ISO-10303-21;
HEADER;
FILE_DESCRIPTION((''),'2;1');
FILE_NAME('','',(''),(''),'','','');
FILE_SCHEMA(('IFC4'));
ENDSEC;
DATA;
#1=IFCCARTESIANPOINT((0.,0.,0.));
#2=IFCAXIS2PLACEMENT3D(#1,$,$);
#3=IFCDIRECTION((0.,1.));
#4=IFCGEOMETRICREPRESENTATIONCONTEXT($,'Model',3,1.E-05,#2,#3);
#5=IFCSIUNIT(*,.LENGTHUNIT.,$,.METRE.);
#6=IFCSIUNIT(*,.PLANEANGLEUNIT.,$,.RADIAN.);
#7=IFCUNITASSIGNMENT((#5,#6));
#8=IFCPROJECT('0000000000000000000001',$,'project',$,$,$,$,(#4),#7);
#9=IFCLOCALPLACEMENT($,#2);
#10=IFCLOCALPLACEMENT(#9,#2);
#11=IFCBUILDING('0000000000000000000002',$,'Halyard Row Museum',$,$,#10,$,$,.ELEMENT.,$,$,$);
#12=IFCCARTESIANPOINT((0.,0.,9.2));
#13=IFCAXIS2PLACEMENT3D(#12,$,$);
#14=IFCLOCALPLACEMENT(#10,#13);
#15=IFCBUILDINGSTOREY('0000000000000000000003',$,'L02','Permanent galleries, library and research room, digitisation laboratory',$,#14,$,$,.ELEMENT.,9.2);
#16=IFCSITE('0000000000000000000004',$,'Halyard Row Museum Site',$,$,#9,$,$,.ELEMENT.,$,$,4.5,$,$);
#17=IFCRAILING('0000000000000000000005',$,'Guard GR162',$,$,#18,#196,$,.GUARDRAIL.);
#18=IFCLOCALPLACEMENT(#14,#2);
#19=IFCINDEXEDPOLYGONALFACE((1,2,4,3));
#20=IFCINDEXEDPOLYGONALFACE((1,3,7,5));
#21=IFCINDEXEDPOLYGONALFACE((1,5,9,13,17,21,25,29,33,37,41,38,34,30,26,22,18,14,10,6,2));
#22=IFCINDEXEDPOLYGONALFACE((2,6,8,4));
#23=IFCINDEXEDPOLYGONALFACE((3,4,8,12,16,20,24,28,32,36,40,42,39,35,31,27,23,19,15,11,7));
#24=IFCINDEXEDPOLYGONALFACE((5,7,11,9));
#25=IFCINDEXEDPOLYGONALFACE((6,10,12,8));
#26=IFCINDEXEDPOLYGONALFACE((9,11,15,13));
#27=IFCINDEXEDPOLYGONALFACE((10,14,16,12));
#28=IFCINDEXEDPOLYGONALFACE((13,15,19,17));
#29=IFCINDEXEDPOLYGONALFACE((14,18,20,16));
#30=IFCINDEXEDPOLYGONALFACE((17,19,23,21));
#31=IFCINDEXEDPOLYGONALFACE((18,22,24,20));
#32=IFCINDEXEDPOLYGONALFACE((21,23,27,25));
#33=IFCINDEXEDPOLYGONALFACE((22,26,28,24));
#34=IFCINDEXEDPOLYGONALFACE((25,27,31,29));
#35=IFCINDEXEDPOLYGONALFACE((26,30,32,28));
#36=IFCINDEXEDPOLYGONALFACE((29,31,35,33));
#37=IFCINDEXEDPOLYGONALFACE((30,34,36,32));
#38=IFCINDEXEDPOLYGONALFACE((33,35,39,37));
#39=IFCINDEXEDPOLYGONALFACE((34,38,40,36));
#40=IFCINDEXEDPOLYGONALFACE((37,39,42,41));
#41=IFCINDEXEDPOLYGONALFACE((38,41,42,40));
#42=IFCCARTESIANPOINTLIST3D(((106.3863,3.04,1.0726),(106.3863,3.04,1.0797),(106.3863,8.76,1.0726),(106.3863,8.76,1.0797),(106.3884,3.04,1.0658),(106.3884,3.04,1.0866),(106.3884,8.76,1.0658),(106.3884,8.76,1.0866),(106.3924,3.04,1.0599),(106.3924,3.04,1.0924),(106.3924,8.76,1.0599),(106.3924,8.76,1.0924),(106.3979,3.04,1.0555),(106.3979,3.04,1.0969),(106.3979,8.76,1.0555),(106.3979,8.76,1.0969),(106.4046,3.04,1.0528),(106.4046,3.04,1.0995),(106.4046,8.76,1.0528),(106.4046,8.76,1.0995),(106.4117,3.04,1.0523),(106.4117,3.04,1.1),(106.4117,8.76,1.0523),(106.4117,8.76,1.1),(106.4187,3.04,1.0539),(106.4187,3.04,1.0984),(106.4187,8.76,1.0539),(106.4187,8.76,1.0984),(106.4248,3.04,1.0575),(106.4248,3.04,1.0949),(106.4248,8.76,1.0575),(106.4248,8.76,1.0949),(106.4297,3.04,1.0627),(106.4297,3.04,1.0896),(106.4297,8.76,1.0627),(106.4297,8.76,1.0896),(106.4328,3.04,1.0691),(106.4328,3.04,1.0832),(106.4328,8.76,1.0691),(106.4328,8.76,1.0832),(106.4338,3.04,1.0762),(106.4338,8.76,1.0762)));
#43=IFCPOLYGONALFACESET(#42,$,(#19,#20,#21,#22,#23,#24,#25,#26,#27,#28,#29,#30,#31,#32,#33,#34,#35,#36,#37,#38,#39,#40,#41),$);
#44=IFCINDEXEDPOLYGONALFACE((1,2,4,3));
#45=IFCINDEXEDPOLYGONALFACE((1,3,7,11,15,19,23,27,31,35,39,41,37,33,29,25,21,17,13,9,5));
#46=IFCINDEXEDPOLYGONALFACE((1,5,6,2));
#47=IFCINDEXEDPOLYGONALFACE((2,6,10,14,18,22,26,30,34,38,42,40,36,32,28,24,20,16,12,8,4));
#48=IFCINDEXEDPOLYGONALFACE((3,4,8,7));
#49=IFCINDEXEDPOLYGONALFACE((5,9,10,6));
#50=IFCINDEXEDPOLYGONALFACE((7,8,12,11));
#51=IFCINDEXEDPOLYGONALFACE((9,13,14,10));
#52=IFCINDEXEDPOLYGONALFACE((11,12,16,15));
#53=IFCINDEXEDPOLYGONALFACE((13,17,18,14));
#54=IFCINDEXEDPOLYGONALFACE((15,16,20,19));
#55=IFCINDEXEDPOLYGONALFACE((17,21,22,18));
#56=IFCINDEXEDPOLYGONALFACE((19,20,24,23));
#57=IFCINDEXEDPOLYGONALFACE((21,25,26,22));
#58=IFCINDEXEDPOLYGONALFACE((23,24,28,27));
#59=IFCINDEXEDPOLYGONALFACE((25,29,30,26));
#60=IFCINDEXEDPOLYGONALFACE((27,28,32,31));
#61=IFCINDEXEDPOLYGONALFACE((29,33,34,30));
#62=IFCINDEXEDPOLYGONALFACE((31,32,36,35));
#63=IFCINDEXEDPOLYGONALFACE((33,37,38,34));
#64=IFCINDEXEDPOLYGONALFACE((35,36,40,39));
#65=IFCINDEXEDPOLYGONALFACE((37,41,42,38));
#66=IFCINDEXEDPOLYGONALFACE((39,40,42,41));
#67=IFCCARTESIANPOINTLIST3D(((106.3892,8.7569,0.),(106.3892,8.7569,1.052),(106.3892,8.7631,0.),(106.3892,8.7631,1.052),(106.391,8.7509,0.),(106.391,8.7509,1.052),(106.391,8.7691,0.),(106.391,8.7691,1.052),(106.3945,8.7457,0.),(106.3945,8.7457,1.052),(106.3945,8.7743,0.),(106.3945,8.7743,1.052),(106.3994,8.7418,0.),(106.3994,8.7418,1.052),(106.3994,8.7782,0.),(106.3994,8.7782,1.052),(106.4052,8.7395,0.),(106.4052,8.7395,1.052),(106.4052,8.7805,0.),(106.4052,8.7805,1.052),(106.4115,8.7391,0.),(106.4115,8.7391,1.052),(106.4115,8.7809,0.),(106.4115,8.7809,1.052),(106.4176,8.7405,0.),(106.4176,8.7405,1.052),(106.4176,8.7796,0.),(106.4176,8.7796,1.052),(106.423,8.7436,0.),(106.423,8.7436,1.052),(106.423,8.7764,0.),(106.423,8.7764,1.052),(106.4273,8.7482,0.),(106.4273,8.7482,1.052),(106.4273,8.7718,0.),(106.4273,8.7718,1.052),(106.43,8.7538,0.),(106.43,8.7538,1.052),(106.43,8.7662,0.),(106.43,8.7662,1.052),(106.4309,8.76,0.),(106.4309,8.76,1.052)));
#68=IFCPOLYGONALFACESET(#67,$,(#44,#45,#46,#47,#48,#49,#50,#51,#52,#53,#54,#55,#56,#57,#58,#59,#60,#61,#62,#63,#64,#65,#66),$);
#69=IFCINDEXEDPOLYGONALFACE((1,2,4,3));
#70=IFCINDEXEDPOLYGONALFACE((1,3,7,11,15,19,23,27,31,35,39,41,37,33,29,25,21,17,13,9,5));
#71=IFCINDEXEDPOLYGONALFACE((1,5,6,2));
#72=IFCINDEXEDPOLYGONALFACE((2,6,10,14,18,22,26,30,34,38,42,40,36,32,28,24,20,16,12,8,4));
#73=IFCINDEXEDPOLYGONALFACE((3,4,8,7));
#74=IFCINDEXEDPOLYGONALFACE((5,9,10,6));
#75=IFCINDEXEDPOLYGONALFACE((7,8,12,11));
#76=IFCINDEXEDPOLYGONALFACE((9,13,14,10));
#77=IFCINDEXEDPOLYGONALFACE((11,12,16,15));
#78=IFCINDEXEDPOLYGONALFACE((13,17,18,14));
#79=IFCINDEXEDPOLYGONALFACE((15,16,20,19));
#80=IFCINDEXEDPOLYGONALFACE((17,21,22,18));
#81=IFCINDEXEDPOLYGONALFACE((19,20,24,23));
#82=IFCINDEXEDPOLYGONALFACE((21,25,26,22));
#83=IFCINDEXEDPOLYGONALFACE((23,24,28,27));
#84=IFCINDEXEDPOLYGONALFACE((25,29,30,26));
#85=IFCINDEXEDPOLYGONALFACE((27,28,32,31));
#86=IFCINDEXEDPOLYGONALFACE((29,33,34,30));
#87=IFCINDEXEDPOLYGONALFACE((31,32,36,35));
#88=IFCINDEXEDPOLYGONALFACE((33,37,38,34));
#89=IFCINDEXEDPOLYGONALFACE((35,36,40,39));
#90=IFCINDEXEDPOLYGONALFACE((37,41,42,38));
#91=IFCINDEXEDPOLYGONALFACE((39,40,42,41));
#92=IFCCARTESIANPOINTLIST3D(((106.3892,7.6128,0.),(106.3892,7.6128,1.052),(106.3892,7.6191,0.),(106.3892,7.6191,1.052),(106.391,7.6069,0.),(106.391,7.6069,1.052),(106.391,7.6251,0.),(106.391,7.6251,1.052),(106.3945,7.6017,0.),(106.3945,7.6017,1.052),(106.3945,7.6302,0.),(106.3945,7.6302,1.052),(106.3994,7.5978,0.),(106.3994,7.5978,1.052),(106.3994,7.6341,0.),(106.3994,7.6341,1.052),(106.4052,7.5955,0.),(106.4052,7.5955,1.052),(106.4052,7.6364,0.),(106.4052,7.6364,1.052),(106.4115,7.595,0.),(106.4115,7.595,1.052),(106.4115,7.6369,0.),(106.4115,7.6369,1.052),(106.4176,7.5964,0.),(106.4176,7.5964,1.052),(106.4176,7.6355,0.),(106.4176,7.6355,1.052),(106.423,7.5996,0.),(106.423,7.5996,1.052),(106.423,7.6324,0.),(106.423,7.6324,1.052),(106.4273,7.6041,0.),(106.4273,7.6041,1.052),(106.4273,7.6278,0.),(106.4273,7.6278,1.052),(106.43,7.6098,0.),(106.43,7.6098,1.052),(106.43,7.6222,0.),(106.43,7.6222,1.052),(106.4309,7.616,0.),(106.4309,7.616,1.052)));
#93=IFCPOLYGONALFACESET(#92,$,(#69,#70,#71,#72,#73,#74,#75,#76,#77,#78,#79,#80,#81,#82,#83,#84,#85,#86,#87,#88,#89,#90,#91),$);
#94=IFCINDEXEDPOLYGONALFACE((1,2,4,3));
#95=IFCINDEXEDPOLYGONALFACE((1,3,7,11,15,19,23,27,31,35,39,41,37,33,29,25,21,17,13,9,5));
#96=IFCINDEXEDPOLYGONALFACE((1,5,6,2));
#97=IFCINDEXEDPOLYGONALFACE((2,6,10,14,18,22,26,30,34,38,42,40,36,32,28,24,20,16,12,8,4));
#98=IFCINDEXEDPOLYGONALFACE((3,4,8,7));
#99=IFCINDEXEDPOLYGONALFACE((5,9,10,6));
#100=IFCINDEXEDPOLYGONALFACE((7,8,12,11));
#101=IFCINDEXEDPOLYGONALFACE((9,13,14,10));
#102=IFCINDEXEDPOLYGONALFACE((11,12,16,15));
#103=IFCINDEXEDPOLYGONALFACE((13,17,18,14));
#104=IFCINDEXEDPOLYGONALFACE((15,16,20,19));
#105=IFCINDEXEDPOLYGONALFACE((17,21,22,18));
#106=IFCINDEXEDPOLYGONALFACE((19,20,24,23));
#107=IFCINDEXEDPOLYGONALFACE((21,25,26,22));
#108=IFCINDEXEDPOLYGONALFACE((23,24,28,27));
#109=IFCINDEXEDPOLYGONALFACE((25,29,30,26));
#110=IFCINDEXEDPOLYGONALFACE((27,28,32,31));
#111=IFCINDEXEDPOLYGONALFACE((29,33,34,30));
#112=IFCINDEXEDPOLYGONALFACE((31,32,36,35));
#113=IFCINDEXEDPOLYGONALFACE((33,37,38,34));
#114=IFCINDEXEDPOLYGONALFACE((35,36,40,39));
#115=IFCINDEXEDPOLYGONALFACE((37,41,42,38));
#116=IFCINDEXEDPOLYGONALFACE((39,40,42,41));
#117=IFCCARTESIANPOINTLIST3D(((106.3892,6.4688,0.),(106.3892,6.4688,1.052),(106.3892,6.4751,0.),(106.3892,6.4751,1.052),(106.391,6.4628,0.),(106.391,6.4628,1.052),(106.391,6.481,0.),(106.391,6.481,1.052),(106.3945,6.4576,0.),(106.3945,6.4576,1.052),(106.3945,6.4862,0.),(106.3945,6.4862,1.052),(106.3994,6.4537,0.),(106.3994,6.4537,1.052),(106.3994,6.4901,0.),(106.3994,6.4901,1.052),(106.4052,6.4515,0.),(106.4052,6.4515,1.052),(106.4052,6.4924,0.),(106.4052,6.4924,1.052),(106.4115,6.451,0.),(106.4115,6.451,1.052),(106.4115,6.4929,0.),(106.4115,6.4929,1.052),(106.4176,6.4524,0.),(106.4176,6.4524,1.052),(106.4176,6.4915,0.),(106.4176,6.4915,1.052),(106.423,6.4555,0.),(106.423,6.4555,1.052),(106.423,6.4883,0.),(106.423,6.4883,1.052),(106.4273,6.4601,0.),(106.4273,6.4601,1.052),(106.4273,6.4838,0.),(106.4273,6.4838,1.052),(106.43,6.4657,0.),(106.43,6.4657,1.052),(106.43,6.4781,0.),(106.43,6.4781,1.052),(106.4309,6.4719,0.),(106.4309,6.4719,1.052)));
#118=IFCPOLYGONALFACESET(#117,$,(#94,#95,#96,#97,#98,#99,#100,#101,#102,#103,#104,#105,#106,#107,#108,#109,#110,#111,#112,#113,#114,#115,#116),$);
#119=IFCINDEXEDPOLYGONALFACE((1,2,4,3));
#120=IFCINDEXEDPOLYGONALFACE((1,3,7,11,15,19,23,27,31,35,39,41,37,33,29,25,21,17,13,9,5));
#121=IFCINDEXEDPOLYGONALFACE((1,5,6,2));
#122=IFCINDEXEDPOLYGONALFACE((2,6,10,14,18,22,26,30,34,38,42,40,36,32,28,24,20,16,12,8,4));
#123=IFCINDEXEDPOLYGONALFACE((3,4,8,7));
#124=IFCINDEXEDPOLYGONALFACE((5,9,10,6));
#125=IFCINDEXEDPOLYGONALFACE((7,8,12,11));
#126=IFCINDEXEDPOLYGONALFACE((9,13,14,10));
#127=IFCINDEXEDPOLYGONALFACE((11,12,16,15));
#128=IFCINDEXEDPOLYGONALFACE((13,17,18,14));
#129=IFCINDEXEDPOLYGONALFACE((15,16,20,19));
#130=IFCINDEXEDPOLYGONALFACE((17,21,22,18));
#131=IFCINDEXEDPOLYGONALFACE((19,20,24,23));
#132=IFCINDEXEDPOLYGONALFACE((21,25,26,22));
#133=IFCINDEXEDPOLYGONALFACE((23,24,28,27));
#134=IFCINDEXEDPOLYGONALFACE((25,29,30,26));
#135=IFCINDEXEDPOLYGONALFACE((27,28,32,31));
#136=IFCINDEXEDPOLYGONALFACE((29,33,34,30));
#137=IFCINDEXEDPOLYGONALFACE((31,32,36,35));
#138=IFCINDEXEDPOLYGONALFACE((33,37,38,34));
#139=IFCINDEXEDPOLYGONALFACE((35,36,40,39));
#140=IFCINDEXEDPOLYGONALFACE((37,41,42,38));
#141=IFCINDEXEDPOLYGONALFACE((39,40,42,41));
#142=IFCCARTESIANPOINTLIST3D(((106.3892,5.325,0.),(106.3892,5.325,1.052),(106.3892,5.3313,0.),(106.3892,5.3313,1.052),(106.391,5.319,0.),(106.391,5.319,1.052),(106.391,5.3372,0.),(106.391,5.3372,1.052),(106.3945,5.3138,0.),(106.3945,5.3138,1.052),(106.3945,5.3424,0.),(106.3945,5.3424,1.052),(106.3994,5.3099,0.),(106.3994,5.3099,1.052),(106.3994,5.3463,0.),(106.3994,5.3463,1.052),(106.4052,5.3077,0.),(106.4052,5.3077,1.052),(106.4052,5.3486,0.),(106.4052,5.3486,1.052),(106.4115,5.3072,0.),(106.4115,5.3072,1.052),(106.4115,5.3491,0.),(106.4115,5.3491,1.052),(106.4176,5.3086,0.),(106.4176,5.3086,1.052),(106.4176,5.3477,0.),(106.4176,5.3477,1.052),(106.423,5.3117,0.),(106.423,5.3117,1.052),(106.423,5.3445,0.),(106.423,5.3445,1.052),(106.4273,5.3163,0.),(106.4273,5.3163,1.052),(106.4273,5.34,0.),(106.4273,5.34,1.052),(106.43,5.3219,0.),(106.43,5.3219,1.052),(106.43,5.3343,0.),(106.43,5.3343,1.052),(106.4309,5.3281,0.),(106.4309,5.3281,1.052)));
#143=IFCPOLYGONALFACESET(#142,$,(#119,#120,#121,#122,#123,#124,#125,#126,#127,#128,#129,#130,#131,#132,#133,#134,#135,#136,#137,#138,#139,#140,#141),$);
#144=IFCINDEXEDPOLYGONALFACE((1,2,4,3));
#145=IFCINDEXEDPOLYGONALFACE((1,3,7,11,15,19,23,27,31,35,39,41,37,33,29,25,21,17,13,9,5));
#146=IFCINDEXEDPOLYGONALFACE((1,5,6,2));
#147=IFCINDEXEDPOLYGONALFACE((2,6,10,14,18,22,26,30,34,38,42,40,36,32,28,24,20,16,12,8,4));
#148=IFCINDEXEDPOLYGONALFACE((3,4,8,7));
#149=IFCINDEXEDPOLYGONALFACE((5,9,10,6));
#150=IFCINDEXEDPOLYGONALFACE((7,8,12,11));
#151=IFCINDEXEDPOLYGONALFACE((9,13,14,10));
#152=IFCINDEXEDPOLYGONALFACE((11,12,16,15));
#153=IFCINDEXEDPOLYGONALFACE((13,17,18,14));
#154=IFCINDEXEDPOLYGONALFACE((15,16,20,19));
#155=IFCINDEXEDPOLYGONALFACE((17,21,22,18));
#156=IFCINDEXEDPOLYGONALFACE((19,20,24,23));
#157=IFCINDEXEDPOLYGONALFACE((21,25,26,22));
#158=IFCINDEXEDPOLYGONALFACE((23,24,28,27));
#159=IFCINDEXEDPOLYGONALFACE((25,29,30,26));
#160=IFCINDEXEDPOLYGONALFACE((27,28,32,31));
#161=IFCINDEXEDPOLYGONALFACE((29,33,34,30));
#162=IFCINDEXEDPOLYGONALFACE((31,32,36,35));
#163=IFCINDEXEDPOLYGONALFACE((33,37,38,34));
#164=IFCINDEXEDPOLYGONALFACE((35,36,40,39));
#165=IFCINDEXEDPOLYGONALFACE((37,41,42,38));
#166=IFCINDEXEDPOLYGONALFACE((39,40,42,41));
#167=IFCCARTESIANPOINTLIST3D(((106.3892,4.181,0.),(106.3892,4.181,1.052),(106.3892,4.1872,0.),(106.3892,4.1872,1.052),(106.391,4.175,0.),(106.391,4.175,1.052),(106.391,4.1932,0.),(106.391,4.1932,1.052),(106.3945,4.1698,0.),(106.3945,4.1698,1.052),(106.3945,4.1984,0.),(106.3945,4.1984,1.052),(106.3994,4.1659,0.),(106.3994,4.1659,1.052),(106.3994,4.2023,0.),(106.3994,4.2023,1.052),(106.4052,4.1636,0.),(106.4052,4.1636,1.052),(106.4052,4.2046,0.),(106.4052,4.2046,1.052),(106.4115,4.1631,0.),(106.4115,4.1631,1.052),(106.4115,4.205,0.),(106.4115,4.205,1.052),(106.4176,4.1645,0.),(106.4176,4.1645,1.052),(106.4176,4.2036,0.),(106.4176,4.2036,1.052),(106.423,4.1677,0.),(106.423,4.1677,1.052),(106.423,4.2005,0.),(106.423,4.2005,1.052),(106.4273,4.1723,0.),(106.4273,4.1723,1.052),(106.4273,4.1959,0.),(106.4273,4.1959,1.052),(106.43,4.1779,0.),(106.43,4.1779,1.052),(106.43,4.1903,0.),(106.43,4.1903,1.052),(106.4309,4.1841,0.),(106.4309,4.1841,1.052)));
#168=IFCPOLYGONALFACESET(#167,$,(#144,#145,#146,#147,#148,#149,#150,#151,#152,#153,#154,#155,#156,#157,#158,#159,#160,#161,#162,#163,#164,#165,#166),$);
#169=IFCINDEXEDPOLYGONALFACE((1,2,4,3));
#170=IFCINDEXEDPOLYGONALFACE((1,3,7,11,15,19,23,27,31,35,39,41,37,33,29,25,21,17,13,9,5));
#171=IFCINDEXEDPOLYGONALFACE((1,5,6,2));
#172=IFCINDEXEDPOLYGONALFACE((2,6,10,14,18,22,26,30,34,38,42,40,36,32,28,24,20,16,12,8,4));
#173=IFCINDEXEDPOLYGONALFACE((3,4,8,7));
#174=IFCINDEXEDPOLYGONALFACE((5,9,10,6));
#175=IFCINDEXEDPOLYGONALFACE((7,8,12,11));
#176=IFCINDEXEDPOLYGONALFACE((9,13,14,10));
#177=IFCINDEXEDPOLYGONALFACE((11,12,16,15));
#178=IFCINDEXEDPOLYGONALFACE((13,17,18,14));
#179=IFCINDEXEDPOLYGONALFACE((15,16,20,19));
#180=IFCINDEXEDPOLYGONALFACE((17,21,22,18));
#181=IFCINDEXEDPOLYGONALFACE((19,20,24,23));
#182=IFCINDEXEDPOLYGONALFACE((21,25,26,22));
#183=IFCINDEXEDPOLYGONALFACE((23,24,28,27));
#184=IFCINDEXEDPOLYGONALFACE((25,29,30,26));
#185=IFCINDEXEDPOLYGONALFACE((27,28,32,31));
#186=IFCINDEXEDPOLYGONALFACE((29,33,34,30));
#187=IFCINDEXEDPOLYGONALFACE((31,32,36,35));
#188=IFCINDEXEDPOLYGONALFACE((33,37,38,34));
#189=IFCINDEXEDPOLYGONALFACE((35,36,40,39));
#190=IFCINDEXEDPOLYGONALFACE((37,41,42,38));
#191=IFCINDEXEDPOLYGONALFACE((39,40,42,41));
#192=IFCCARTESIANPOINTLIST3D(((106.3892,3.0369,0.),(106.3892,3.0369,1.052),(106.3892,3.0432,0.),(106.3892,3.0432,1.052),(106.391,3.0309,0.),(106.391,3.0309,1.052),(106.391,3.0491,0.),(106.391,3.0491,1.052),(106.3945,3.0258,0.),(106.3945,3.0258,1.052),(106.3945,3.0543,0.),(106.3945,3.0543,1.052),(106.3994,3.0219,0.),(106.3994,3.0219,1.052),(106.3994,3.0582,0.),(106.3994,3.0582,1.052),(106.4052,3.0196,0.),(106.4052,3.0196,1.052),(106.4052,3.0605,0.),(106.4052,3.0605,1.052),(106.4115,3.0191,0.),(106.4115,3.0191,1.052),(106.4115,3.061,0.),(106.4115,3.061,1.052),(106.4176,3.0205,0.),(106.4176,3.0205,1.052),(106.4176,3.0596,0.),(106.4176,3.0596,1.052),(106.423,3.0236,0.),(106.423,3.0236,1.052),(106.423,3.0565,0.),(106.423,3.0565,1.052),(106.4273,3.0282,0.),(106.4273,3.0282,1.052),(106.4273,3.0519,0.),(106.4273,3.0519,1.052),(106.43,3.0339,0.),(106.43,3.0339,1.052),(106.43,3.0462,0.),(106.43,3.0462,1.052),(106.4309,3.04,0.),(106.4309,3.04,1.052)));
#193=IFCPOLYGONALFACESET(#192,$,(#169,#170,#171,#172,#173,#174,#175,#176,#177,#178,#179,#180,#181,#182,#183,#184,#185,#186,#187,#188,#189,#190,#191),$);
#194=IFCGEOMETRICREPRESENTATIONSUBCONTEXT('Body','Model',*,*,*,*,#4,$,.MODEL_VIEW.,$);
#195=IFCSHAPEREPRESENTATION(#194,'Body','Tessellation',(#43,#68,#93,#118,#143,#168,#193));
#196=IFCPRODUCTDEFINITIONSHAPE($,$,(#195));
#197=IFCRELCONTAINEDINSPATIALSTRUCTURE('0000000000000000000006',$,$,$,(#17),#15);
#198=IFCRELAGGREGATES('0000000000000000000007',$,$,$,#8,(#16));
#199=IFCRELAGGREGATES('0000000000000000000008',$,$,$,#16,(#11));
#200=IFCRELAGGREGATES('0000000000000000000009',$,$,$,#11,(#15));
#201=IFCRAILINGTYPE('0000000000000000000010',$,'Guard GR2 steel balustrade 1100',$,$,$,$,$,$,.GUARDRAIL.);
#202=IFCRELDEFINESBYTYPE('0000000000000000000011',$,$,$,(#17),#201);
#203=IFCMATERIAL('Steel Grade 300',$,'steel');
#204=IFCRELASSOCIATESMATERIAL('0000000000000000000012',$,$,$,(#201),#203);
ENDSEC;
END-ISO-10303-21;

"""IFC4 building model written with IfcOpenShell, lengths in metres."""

from ifc_helpers import new_model, si_unit, direction, frame, origin, origin_2d, place, context, subcontext, project, spatial, circle, extrude, material, type_object, element, save


model = new_model("IFC4")

# Units and contexts
model_context = context("Model", 3, precision=1e-05, world=origin(), true_north=direction((0.0, 1.0)))
body_context = subcontext(model_context, "Body", "Model", "MODEL_VIEW")
ifc_project = project(units=[si_unit("LENGTHUNIT", "METRE"), si_unit("PLANEANGLEUNIT", "RADIAN")], contexts=[model_context])

# Site, building, storey
site_placement = place(None, origin())
site = spatial("IfcSite", under=ifc_project, at=site_placement, Name="Halyard Row Museum Site", CompositionType="ELEMENT", RefElevation=4.5)
building_placement = place(site_placement, origin())
building = spatial("IfcBuilding", under=site, at=building_placement, Name="Halyard Row Museum", CompositionType="ELEMENT")
storey_placement = place(building_placement, frame((0.0, 0.0, 9.2)))
storey = spatial("IfcBuildingStorey", under=building, at=storey_placement, Name="L02", Description="Permanent galleries, library and research room, digitisation laboratory", CompositionType="ELEMENT", Elevation=9.2)

# Railing
ifc_material_1 = material(Name="Steel Grade 300", Category="steel")
railing_type_1 = type_object("IfcRailingType", Name="Guard GR2 steel balustrade 1100", PredefinedType="GUARDRAIL", material=ifc_material_1)
railing_1_placement = place(storey_placement, frame((106.4099, 8.76, 0.0)))
element("IfcRailing", 1, at=railing_1_placement, inside=storey, type_object=railing_type_1, Name="Guard GR162", PredefinedType="GUARDRAIL", context=body_context, shape_type="SweptSolid", body=[
    extrude(circle(Radius=0.0239, at=origin_2d()), frame((0.0, 0.0, 1.0762), z_axis=(0.0, -1.0, 0.0), x_axis=(1.0, 0.0, 0.0)), (0.0, 0.0, 1.0), 5.72),
    extrude(circle(Radius=0.021, at=origin_2d()), origin(), (0.0, 0.0, 1.0), 1.052),
    extrude(circle(Radius=0.021, at=origin_2d()), frame((0.0, -1.144, 0.0)), (0.0, 0.0, 1.0), 1.052),
    extrude(circle(Radius=0.021, at=origin_2d()), frame((0.0, -2.2881, 0.0)), (0.0, 0.0, 1.0), 1.052),
    extrude(circle(Radius=0.021, at=origin_2d()), frame((0.0, -3.4319, 0.0)), (0.0, 0.0, 1.0), 1.052),
    extrude(circle(Radius=0.021, at=origin_2d()), frame((0.0, -4.5759, 0.0)), (0.0, 0.0, 1.0), 1.052),
    extrude(circle(Radius=0.021, at=origin_2d()), frame((0.0, -5.72, 0.0)), (0.0, 0.0, 1.0), 1.052),
])

save(model, "model.ifc")
